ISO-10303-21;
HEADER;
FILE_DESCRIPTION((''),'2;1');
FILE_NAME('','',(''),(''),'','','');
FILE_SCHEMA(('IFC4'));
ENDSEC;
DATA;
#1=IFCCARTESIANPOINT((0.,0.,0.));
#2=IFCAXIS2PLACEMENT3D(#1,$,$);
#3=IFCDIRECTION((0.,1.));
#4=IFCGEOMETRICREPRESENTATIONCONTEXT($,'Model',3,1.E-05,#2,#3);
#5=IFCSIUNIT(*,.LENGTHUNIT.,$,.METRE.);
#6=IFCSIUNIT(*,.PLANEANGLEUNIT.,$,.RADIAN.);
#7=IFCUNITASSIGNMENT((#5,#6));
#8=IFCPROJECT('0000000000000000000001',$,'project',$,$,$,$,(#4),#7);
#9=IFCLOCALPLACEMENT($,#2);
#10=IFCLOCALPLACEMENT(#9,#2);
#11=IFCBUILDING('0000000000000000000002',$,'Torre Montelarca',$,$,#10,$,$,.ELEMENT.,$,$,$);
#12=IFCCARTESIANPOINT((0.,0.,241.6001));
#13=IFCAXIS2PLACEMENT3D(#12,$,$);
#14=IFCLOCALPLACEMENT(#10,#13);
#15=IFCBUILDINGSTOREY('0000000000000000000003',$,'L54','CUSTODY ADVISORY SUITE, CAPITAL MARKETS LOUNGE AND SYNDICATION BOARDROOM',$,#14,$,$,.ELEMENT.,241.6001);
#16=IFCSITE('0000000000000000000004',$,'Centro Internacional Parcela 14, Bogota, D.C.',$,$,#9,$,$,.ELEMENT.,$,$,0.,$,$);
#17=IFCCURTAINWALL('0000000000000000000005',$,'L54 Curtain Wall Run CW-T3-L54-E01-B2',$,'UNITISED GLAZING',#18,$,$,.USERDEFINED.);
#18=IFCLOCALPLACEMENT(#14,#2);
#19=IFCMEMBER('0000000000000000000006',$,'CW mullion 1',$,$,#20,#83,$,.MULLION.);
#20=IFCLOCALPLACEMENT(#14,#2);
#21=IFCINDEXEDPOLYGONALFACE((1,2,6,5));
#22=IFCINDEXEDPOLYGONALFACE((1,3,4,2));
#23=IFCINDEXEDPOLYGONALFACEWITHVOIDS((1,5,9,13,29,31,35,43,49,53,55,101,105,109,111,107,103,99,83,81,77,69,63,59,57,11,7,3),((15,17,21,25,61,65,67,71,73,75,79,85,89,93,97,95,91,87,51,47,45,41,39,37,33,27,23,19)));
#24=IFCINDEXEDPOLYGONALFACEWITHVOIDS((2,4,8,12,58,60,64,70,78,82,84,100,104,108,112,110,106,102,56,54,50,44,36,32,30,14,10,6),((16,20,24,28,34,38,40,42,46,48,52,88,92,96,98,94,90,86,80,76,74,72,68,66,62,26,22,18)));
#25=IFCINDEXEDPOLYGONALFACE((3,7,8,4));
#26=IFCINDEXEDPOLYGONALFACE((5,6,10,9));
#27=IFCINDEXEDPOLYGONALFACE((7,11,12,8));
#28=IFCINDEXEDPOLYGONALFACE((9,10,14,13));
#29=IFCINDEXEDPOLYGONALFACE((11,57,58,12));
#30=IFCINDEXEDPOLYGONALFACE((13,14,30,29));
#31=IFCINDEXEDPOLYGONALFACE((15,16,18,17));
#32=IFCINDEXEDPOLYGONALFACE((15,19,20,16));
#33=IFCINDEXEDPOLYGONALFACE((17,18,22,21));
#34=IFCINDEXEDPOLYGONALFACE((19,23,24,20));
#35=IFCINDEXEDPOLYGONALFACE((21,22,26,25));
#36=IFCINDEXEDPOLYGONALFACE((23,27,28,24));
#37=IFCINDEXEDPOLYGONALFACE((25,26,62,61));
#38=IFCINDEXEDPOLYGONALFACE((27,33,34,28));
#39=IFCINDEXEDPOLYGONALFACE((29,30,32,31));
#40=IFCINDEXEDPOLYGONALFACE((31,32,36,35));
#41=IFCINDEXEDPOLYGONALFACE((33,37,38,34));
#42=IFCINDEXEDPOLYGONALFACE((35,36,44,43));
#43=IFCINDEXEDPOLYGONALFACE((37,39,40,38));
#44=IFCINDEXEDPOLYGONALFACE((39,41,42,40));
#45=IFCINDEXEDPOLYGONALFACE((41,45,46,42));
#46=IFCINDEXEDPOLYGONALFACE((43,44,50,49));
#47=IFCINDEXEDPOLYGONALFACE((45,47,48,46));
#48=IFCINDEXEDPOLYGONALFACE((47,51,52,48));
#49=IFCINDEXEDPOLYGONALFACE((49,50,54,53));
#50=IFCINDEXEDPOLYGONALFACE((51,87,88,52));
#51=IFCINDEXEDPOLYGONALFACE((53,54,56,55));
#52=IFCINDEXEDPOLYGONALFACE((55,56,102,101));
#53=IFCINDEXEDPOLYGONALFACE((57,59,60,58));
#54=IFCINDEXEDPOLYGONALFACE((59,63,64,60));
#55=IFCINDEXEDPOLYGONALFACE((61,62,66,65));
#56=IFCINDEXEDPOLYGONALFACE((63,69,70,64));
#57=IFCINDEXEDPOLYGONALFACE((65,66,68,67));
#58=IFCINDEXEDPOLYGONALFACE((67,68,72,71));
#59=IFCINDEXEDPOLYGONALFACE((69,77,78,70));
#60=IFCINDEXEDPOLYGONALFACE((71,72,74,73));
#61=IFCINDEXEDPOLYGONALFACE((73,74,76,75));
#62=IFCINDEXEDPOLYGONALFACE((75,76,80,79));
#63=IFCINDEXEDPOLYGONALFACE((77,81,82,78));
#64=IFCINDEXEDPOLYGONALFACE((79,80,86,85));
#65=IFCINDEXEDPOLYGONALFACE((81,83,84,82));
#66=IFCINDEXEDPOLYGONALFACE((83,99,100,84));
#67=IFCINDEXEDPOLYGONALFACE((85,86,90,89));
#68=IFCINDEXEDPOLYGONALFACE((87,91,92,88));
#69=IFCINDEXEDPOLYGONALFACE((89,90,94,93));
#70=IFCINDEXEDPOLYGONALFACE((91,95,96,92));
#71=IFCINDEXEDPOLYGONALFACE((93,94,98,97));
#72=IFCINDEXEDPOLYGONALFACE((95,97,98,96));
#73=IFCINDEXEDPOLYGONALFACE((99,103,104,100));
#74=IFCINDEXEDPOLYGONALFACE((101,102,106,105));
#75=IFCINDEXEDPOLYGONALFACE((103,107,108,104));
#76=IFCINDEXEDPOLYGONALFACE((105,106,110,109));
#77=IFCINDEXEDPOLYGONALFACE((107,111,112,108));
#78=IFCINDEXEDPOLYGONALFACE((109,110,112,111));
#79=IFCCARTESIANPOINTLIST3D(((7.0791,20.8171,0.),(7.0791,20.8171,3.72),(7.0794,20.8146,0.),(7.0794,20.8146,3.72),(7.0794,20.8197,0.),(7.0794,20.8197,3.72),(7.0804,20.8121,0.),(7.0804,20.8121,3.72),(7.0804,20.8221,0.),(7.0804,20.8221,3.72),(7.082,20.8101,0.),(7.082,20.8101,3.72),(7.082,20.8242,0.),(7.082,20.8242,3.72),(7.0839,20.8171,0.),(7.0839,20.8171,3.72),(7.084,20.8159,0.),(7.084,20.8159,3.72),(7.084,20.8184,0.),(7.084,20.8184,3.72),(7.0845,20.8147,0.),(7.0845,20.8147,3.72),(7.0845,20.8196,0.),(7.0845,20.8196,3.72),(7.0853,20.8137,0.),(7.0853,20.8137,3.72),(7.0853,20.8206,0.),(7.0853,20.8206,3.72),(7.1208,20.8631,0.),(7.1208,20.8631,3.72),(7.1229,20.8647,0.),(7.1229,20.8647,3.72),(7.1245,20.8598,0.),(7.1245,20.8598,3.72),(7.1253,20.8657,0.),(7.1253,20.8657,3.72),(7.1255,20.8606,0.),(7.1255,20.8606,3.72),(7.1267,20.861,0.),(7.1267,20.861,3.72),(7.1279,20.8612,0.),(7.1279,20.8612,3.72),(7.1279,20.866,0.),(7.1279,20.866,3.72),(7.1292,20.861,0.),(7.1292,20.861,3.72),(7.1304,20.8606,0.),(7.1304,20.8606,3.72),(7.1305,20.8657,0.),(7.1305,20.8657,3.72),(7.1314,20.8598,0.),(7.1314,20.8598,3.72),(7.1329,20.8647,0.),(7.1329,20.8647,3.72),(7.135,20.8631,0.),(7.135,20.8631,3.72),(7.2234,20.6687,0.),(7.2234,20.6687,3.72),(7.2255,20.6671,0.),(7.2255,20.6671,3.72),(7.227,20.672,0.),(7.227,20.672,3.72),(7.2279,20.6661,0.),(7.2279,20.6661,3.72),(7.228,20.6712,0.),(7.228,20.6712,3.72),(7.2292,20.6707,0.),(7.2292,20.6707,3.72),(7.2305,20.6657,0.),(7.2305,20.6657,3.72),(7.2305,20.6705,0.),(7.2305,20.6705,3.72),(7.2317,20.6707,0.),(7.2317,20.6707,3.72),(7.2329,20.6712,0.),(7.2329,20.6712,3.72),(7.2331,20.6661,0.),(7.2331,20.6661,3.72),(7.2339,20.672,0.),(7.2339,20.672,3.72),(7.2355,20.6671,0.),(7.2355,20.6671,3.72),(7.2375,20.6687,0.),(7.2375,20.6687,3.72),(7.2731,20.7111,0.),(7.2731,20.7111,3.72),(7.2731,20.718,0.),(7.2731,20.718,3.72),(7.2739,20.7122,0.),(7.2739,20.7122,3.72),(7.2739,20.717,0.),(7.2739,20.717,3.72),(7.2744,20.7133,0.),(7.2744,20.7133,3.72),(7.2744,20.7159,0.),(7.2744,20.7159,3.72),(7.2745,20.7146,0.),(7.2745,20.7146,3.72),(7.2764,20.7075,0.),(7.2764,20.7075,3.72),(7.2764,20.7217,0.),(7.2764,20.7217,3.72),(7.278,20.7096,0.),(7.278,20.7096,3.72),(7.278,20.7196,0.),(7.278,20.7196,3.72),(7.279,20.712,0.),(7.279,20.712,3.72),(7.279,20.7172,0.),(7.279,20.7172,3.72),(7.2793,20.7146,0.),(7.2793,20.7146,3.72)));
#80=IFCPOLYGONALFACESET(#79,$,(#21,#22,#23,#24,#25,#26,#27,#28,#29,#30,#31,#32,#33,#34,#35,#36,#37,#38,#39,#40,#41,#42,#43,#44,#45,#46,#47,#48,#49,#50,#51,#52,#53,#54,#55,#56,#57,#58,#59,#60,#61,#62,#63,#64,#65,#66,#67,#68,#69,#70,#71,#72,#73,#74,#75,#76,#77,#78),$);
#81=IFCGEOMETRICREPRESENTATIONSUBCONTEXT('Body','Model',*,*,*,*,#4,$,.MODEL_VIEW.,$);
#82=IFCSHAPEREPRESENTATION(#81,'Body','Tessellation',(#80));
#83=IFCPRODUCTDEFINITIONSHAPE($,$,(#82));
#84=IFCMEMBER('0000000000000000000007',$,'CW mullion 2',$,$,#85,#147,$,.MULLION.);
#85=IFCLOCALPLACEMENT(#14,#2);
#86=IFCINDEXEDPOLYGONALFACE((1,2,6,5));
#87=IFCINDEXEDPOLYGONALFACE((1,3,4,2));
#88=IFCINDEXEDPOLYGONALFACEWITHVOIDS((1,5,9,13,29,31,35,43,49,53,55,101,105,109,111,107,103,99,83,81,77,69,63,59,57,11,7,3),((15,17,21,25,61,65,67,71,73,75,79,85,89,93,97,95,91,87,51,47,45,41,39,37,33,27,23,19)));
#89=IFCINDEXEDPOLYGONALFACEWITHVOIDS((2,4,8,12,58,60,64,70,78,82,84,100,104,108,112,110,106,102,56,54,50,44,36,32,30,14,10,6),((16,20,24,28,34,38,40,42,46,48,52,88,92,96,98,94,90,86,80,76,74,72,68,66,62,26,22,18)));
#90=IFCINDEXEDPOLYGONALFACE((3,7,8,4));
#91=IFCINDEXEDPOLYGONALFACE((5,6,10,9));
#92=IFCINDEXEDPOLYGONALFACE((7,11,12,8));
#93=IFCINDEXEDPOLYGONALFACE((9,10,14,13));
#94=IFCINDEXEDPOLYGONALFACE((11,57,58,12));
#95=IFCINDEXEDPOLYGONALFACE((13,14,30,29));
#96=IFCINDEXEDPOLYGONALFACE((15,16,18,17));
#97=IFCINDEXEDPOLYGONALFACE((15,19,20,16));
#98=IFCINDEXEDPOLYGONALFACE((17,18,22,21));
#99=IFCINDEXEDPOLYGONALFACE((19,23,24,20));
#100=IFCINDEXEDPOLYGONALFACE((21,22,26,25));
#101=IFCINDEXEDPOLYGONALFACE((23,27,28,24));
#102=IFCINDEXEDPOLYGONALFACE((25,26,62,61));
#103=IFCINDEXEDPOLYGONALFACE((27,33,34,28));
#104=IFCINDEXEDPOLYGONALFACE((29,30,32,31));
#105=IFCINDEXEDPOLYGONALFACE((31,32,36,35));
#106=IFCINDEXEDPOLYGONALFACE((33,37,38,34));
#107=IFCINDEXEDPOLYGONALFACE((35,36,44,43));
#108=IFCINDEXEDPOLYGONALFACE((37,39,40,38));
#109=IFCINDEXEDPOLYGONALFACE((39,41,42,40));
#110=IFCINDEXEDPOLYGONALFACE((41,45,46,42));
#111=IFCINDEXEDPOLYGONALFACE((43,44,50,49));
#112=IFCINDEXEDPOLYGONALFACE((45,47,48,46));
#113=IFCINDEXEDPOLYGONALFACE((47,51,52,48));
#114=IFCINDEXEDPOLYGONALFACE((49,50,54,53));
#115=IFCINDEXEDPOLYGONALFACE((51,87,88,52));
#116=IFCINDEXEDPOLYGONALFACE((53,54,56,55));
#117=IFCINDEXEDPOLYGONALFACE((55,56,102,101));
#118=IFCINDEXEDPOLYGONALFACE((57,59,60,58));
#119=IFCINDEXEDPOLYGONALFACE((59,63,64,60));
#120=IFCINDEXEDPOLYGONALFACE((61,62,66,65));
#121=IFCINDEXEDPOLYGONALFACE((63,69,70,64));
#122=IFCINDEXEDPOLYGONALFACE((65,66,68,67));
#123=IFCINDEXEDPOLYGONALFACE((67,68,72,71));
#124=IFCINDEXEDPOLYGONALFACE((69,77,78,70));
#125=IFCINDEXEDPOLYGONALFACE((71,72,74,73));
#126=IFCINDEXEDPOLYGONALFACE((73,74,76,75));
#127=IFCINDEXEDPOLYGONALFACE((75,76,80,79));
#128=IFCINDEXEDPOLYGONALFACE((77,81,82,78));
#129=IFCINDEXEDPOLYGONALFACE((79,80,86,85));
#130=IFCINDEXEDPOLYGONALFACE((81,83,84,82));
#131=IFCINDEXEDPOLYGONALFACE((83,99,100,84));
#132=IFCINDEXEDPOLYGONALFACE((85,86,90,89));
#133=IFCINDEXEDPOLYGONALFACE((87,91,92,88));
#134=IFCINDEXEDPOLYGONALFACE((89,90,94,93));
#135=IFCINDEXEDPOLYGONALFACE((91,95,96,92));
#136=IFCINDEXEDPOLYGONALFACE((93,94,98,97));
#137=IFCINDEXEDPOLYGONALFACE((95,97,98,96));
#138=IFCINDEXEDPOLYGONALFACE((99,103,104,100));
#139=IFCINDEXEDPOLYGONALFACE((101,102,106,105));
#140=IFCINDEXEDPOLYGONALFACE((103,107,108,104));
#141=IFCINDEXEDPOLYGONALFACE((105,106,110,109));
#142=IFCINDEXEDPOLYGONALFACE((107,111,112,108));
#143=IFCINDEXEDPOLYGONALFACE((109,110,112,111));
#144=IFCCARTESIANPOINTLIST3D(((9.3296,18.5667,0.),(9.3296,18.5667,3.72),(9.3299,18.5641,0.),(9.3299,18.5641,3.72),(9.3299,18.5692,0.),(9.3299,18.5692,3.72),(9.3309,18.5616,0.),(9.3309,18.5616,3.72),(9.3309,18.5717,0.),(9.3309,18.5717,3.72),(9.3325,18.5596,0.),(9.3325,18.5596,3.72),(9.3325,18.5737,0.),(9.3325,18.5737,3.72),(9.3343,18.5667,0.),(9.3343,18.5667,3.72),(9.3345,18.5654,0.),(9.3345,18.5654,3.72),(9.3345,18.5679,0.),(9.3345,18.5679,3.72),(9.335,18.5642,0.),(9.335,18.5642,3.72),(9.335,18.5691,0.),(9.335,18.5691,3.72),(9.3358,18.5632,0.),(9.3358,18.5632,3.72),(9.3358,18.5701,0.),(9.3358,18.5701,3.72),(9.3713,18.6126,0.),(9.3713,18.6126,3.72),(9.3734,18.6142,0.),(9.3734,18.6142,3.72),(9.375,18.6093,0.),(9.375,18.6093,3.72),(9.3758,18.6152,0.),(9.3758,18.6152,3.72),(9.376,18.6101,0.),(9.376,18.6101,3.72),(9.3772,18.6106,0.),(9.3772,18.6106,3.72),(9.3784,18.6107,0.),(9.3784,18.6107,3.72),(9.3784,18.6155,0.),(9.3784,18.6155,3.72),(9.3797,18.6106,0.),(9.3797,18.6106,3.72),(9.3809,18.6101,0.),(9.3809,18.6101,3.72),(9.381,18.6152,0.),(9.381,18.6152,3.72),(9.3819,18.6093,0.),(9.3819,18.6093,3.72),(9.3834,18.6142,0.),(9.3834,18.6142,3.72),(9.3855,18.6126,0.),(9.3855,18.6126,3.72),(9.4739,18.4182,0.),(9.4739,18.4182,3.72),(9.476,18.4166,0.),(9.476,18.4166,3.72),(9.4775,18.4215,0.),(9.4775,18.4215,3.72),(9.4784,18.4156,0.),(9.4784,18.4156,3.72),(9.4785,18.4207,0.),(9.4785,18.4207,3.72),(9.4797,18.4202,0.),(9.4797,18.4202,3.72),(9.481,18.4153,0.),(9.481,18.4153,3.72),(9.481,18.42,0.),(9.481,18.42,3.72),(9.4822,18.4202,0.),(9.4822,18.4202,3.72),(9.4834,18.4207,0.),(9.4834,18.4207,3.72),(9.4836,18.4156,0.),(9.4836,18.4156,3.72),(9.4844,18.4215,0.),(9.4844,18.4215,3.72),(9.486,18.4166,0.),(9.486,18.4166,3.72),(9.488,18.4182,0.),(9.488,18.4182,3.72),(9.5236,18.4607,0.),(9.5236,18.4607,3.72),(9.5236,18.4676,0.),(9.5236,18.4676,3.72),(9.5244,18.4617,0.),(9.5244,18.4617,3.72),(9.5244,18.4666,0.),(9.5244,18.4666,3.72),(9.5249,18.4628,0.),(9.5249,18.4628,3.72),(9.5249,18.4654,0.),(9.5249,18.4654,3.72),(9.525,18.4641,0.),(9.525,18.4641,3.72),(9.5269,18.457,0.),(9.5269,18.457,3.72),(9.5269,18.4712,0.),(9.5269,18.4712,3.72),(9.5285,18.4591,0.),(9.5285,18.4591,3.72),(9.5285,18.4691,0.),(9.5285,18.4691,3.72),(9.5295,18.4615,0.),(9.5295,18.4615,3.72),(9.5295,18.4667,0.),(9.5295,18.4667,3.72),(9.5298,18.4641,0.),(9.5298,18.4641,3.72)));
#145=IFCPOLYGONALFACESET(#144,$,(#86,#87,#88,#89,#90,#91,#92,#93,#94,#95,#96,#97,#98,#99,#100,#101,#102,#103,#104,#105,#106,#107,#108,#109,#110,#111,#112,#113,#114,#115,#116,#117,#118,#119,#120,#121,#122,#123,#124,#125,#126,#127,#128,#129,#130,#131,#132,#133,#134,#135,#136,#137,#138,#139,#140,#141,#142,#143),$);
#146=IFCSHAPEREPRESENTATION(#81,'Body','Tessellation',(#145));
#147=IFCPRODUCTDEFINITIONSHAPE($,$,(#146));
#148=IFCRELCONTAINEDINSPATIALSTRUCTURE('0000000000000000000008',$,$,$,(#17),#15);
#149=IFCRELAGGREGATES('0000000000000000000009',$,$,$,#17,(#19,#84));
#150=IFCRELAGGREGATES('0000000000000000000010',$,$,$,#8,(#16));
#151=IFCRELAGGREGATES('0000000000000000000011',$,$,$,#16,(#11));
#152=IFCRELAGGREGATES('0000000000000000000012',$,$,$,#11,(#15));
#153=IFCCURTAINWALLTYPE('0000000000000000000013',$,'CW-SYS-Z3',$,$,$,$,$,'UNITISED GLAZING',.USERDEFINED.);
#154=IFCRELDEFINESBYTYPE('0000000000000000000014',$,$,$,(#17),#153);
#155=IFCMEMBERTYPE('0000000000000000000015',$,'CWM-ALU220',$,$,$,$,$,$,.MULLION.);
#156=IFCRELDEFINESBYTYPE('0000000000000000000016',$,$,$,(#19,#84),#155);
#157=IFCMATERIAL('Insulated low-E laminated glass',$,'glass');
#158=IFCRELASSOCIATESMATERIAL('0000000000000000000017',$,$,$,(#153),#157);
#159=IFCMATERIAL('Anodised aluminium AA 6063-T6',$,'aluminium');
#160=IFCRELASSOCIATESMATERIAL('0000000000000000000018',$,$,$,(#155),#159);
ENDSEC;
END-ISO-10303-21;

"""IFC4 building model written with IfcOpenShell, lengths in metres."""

from ifc_helpers import new_model, si_unit, direction, frame, origin, origin_2d, place, context, subcontext, project, spatial, hollow_rectangle, extrude, source, transform, mapped, material, material_profile, profile_set, type_object, element, aggregate, save


model = new_model("IFC4")

# Units and contexts
model_context = context("Model", 3, precision=1e-05, world=origin(), true_north=direction((0.0, 1.0)))
body_context = subcontext(model_context, "Body", "Model", "MODEL_VIEW")
ifc_project = project(units=[si_unit("LENGTHUNIT", "METRE"), si_unit("PLANEANGLEUNIT", "RADIAN")], contexts=[model_context])

# Site, building, storey
site_placement = place(None, origin())
site = spatial("IfcSite", under=ifc_project, at=site_placement, Name="Centro Internacional Parcela 14, Bogota, D.C.", CompositionType="ELEMENT", RefElevation=0.0)
building_placement = place(site_placement, origin())
building = spatial("IfcBuilding", under=site, at=building_placement, Name="Torre Montelarca", CompositionType="ELEMENT")
storey_placement = place(building_placement, frame((0.0, 0.0, 241.6001)))
storey = spatial("IfcBuildingStorey", under=building, at=storey_placement, Name="L54", Description="CUSTODY ADVISORY SUITE, CAPITAL MARKETS LOUNGE AND SYNDICATION BOARDROOM", CompositionType="ELEMENT", Elevation=241.6001)

# Curtain wall, members
ifc_material_1 = material(Name="Insulated low-E laminated glass", Category="glass")
curtain_wall_type = type_object("IfcCurtainWallType", Name="CW-SYS-Z3", ElementType="UNITISED GLAZING", PredefinedType="USERDEFINED", material=ifc_material_1)
ifc_material_2 = material(Name="Anodised aluminium AA 6063-T6", Category="aluminium")
curtain_wall_1_placement = place(storey_placement, origin())
curtain_wall_1 = element("IfcCurtainWall", 1, at=curtain_wall_1_placement, inside=storey, type_object=curtain_wall_type, Name="L54 Curtain Wall Run CW-T3-L54-E01-B2", ObjectType="UNITISED GLAZING", PredefinedType="USERDEFINED")
ifc_material_profile_1 = material_profile(ifc_material_2, hollow_rectangle(XDim=0.075, YDim=0.22, WallThickness=0.0049, InnerFilletRadius=0.0049, OuterFilletRadius=0.01, at=origin_2d()), Name="ALU75X220X5", Category="aluminium")
ifc_profile_set_1 = profile_set([ifc_material_profile_1], Name="Anodised aluminium AA 6063-T6")
member_type_1 = type_object("IfcMemberType", Name="CWM-ALU220", PredefinedType="MULLION", material=ifc_profile_set_1)
shared_shape_1 = source(origin(), body_context, "Body", "SweptSolid", [
    extrude(hollow_rectangle(XDim=0.075, YDim=0.22, WallThickness=0.0049, InnerFilletRadius=0.0049, OuterFilletRadius=0.01, at=origin_2d()), origin(), (0.0, 0.0, 1.0), 3.72),
])
member_1_placement = place(storey_placement, frame((7.1792, 20.7659, 0.0), z_axis=(0.0, 0.0, 1.0), x_axis=(0.707107, 0.707107, 0.0)))
member_1 = element("IfcMember", 2, at=member_1_placement, type_object=member_type_1, Name="CW mullion 1", PredefinedType="MULLION", context=body_context, shape_type="MappedRepresentation", body=[
    mapped(shared_shape_1, transform((0.0, 0.0, 0.0), scale=1.0)),
])
member_2_placement = place(storey_placement, frame((9.4297, 18.5154, 0.0), z_axis=(0.0, 0.0, 1.0), x_axis=(0.707107, 0.707107, 0.0)))
member_2 = element("IfcMember", 3, at=member_2_placement, type_object=member_type_1, Name="CW mullion 2", PredefinedType="MULLION", context=body_context, shape_type="MappedRepresentation", body=[
    mapped(shared_shape_1, transform((0.0, 0.0, 0.0), scale=1.0)),
])

aggregate(curtain_wall_1, [member_1, member_2])

save(model, "model.ifc")
